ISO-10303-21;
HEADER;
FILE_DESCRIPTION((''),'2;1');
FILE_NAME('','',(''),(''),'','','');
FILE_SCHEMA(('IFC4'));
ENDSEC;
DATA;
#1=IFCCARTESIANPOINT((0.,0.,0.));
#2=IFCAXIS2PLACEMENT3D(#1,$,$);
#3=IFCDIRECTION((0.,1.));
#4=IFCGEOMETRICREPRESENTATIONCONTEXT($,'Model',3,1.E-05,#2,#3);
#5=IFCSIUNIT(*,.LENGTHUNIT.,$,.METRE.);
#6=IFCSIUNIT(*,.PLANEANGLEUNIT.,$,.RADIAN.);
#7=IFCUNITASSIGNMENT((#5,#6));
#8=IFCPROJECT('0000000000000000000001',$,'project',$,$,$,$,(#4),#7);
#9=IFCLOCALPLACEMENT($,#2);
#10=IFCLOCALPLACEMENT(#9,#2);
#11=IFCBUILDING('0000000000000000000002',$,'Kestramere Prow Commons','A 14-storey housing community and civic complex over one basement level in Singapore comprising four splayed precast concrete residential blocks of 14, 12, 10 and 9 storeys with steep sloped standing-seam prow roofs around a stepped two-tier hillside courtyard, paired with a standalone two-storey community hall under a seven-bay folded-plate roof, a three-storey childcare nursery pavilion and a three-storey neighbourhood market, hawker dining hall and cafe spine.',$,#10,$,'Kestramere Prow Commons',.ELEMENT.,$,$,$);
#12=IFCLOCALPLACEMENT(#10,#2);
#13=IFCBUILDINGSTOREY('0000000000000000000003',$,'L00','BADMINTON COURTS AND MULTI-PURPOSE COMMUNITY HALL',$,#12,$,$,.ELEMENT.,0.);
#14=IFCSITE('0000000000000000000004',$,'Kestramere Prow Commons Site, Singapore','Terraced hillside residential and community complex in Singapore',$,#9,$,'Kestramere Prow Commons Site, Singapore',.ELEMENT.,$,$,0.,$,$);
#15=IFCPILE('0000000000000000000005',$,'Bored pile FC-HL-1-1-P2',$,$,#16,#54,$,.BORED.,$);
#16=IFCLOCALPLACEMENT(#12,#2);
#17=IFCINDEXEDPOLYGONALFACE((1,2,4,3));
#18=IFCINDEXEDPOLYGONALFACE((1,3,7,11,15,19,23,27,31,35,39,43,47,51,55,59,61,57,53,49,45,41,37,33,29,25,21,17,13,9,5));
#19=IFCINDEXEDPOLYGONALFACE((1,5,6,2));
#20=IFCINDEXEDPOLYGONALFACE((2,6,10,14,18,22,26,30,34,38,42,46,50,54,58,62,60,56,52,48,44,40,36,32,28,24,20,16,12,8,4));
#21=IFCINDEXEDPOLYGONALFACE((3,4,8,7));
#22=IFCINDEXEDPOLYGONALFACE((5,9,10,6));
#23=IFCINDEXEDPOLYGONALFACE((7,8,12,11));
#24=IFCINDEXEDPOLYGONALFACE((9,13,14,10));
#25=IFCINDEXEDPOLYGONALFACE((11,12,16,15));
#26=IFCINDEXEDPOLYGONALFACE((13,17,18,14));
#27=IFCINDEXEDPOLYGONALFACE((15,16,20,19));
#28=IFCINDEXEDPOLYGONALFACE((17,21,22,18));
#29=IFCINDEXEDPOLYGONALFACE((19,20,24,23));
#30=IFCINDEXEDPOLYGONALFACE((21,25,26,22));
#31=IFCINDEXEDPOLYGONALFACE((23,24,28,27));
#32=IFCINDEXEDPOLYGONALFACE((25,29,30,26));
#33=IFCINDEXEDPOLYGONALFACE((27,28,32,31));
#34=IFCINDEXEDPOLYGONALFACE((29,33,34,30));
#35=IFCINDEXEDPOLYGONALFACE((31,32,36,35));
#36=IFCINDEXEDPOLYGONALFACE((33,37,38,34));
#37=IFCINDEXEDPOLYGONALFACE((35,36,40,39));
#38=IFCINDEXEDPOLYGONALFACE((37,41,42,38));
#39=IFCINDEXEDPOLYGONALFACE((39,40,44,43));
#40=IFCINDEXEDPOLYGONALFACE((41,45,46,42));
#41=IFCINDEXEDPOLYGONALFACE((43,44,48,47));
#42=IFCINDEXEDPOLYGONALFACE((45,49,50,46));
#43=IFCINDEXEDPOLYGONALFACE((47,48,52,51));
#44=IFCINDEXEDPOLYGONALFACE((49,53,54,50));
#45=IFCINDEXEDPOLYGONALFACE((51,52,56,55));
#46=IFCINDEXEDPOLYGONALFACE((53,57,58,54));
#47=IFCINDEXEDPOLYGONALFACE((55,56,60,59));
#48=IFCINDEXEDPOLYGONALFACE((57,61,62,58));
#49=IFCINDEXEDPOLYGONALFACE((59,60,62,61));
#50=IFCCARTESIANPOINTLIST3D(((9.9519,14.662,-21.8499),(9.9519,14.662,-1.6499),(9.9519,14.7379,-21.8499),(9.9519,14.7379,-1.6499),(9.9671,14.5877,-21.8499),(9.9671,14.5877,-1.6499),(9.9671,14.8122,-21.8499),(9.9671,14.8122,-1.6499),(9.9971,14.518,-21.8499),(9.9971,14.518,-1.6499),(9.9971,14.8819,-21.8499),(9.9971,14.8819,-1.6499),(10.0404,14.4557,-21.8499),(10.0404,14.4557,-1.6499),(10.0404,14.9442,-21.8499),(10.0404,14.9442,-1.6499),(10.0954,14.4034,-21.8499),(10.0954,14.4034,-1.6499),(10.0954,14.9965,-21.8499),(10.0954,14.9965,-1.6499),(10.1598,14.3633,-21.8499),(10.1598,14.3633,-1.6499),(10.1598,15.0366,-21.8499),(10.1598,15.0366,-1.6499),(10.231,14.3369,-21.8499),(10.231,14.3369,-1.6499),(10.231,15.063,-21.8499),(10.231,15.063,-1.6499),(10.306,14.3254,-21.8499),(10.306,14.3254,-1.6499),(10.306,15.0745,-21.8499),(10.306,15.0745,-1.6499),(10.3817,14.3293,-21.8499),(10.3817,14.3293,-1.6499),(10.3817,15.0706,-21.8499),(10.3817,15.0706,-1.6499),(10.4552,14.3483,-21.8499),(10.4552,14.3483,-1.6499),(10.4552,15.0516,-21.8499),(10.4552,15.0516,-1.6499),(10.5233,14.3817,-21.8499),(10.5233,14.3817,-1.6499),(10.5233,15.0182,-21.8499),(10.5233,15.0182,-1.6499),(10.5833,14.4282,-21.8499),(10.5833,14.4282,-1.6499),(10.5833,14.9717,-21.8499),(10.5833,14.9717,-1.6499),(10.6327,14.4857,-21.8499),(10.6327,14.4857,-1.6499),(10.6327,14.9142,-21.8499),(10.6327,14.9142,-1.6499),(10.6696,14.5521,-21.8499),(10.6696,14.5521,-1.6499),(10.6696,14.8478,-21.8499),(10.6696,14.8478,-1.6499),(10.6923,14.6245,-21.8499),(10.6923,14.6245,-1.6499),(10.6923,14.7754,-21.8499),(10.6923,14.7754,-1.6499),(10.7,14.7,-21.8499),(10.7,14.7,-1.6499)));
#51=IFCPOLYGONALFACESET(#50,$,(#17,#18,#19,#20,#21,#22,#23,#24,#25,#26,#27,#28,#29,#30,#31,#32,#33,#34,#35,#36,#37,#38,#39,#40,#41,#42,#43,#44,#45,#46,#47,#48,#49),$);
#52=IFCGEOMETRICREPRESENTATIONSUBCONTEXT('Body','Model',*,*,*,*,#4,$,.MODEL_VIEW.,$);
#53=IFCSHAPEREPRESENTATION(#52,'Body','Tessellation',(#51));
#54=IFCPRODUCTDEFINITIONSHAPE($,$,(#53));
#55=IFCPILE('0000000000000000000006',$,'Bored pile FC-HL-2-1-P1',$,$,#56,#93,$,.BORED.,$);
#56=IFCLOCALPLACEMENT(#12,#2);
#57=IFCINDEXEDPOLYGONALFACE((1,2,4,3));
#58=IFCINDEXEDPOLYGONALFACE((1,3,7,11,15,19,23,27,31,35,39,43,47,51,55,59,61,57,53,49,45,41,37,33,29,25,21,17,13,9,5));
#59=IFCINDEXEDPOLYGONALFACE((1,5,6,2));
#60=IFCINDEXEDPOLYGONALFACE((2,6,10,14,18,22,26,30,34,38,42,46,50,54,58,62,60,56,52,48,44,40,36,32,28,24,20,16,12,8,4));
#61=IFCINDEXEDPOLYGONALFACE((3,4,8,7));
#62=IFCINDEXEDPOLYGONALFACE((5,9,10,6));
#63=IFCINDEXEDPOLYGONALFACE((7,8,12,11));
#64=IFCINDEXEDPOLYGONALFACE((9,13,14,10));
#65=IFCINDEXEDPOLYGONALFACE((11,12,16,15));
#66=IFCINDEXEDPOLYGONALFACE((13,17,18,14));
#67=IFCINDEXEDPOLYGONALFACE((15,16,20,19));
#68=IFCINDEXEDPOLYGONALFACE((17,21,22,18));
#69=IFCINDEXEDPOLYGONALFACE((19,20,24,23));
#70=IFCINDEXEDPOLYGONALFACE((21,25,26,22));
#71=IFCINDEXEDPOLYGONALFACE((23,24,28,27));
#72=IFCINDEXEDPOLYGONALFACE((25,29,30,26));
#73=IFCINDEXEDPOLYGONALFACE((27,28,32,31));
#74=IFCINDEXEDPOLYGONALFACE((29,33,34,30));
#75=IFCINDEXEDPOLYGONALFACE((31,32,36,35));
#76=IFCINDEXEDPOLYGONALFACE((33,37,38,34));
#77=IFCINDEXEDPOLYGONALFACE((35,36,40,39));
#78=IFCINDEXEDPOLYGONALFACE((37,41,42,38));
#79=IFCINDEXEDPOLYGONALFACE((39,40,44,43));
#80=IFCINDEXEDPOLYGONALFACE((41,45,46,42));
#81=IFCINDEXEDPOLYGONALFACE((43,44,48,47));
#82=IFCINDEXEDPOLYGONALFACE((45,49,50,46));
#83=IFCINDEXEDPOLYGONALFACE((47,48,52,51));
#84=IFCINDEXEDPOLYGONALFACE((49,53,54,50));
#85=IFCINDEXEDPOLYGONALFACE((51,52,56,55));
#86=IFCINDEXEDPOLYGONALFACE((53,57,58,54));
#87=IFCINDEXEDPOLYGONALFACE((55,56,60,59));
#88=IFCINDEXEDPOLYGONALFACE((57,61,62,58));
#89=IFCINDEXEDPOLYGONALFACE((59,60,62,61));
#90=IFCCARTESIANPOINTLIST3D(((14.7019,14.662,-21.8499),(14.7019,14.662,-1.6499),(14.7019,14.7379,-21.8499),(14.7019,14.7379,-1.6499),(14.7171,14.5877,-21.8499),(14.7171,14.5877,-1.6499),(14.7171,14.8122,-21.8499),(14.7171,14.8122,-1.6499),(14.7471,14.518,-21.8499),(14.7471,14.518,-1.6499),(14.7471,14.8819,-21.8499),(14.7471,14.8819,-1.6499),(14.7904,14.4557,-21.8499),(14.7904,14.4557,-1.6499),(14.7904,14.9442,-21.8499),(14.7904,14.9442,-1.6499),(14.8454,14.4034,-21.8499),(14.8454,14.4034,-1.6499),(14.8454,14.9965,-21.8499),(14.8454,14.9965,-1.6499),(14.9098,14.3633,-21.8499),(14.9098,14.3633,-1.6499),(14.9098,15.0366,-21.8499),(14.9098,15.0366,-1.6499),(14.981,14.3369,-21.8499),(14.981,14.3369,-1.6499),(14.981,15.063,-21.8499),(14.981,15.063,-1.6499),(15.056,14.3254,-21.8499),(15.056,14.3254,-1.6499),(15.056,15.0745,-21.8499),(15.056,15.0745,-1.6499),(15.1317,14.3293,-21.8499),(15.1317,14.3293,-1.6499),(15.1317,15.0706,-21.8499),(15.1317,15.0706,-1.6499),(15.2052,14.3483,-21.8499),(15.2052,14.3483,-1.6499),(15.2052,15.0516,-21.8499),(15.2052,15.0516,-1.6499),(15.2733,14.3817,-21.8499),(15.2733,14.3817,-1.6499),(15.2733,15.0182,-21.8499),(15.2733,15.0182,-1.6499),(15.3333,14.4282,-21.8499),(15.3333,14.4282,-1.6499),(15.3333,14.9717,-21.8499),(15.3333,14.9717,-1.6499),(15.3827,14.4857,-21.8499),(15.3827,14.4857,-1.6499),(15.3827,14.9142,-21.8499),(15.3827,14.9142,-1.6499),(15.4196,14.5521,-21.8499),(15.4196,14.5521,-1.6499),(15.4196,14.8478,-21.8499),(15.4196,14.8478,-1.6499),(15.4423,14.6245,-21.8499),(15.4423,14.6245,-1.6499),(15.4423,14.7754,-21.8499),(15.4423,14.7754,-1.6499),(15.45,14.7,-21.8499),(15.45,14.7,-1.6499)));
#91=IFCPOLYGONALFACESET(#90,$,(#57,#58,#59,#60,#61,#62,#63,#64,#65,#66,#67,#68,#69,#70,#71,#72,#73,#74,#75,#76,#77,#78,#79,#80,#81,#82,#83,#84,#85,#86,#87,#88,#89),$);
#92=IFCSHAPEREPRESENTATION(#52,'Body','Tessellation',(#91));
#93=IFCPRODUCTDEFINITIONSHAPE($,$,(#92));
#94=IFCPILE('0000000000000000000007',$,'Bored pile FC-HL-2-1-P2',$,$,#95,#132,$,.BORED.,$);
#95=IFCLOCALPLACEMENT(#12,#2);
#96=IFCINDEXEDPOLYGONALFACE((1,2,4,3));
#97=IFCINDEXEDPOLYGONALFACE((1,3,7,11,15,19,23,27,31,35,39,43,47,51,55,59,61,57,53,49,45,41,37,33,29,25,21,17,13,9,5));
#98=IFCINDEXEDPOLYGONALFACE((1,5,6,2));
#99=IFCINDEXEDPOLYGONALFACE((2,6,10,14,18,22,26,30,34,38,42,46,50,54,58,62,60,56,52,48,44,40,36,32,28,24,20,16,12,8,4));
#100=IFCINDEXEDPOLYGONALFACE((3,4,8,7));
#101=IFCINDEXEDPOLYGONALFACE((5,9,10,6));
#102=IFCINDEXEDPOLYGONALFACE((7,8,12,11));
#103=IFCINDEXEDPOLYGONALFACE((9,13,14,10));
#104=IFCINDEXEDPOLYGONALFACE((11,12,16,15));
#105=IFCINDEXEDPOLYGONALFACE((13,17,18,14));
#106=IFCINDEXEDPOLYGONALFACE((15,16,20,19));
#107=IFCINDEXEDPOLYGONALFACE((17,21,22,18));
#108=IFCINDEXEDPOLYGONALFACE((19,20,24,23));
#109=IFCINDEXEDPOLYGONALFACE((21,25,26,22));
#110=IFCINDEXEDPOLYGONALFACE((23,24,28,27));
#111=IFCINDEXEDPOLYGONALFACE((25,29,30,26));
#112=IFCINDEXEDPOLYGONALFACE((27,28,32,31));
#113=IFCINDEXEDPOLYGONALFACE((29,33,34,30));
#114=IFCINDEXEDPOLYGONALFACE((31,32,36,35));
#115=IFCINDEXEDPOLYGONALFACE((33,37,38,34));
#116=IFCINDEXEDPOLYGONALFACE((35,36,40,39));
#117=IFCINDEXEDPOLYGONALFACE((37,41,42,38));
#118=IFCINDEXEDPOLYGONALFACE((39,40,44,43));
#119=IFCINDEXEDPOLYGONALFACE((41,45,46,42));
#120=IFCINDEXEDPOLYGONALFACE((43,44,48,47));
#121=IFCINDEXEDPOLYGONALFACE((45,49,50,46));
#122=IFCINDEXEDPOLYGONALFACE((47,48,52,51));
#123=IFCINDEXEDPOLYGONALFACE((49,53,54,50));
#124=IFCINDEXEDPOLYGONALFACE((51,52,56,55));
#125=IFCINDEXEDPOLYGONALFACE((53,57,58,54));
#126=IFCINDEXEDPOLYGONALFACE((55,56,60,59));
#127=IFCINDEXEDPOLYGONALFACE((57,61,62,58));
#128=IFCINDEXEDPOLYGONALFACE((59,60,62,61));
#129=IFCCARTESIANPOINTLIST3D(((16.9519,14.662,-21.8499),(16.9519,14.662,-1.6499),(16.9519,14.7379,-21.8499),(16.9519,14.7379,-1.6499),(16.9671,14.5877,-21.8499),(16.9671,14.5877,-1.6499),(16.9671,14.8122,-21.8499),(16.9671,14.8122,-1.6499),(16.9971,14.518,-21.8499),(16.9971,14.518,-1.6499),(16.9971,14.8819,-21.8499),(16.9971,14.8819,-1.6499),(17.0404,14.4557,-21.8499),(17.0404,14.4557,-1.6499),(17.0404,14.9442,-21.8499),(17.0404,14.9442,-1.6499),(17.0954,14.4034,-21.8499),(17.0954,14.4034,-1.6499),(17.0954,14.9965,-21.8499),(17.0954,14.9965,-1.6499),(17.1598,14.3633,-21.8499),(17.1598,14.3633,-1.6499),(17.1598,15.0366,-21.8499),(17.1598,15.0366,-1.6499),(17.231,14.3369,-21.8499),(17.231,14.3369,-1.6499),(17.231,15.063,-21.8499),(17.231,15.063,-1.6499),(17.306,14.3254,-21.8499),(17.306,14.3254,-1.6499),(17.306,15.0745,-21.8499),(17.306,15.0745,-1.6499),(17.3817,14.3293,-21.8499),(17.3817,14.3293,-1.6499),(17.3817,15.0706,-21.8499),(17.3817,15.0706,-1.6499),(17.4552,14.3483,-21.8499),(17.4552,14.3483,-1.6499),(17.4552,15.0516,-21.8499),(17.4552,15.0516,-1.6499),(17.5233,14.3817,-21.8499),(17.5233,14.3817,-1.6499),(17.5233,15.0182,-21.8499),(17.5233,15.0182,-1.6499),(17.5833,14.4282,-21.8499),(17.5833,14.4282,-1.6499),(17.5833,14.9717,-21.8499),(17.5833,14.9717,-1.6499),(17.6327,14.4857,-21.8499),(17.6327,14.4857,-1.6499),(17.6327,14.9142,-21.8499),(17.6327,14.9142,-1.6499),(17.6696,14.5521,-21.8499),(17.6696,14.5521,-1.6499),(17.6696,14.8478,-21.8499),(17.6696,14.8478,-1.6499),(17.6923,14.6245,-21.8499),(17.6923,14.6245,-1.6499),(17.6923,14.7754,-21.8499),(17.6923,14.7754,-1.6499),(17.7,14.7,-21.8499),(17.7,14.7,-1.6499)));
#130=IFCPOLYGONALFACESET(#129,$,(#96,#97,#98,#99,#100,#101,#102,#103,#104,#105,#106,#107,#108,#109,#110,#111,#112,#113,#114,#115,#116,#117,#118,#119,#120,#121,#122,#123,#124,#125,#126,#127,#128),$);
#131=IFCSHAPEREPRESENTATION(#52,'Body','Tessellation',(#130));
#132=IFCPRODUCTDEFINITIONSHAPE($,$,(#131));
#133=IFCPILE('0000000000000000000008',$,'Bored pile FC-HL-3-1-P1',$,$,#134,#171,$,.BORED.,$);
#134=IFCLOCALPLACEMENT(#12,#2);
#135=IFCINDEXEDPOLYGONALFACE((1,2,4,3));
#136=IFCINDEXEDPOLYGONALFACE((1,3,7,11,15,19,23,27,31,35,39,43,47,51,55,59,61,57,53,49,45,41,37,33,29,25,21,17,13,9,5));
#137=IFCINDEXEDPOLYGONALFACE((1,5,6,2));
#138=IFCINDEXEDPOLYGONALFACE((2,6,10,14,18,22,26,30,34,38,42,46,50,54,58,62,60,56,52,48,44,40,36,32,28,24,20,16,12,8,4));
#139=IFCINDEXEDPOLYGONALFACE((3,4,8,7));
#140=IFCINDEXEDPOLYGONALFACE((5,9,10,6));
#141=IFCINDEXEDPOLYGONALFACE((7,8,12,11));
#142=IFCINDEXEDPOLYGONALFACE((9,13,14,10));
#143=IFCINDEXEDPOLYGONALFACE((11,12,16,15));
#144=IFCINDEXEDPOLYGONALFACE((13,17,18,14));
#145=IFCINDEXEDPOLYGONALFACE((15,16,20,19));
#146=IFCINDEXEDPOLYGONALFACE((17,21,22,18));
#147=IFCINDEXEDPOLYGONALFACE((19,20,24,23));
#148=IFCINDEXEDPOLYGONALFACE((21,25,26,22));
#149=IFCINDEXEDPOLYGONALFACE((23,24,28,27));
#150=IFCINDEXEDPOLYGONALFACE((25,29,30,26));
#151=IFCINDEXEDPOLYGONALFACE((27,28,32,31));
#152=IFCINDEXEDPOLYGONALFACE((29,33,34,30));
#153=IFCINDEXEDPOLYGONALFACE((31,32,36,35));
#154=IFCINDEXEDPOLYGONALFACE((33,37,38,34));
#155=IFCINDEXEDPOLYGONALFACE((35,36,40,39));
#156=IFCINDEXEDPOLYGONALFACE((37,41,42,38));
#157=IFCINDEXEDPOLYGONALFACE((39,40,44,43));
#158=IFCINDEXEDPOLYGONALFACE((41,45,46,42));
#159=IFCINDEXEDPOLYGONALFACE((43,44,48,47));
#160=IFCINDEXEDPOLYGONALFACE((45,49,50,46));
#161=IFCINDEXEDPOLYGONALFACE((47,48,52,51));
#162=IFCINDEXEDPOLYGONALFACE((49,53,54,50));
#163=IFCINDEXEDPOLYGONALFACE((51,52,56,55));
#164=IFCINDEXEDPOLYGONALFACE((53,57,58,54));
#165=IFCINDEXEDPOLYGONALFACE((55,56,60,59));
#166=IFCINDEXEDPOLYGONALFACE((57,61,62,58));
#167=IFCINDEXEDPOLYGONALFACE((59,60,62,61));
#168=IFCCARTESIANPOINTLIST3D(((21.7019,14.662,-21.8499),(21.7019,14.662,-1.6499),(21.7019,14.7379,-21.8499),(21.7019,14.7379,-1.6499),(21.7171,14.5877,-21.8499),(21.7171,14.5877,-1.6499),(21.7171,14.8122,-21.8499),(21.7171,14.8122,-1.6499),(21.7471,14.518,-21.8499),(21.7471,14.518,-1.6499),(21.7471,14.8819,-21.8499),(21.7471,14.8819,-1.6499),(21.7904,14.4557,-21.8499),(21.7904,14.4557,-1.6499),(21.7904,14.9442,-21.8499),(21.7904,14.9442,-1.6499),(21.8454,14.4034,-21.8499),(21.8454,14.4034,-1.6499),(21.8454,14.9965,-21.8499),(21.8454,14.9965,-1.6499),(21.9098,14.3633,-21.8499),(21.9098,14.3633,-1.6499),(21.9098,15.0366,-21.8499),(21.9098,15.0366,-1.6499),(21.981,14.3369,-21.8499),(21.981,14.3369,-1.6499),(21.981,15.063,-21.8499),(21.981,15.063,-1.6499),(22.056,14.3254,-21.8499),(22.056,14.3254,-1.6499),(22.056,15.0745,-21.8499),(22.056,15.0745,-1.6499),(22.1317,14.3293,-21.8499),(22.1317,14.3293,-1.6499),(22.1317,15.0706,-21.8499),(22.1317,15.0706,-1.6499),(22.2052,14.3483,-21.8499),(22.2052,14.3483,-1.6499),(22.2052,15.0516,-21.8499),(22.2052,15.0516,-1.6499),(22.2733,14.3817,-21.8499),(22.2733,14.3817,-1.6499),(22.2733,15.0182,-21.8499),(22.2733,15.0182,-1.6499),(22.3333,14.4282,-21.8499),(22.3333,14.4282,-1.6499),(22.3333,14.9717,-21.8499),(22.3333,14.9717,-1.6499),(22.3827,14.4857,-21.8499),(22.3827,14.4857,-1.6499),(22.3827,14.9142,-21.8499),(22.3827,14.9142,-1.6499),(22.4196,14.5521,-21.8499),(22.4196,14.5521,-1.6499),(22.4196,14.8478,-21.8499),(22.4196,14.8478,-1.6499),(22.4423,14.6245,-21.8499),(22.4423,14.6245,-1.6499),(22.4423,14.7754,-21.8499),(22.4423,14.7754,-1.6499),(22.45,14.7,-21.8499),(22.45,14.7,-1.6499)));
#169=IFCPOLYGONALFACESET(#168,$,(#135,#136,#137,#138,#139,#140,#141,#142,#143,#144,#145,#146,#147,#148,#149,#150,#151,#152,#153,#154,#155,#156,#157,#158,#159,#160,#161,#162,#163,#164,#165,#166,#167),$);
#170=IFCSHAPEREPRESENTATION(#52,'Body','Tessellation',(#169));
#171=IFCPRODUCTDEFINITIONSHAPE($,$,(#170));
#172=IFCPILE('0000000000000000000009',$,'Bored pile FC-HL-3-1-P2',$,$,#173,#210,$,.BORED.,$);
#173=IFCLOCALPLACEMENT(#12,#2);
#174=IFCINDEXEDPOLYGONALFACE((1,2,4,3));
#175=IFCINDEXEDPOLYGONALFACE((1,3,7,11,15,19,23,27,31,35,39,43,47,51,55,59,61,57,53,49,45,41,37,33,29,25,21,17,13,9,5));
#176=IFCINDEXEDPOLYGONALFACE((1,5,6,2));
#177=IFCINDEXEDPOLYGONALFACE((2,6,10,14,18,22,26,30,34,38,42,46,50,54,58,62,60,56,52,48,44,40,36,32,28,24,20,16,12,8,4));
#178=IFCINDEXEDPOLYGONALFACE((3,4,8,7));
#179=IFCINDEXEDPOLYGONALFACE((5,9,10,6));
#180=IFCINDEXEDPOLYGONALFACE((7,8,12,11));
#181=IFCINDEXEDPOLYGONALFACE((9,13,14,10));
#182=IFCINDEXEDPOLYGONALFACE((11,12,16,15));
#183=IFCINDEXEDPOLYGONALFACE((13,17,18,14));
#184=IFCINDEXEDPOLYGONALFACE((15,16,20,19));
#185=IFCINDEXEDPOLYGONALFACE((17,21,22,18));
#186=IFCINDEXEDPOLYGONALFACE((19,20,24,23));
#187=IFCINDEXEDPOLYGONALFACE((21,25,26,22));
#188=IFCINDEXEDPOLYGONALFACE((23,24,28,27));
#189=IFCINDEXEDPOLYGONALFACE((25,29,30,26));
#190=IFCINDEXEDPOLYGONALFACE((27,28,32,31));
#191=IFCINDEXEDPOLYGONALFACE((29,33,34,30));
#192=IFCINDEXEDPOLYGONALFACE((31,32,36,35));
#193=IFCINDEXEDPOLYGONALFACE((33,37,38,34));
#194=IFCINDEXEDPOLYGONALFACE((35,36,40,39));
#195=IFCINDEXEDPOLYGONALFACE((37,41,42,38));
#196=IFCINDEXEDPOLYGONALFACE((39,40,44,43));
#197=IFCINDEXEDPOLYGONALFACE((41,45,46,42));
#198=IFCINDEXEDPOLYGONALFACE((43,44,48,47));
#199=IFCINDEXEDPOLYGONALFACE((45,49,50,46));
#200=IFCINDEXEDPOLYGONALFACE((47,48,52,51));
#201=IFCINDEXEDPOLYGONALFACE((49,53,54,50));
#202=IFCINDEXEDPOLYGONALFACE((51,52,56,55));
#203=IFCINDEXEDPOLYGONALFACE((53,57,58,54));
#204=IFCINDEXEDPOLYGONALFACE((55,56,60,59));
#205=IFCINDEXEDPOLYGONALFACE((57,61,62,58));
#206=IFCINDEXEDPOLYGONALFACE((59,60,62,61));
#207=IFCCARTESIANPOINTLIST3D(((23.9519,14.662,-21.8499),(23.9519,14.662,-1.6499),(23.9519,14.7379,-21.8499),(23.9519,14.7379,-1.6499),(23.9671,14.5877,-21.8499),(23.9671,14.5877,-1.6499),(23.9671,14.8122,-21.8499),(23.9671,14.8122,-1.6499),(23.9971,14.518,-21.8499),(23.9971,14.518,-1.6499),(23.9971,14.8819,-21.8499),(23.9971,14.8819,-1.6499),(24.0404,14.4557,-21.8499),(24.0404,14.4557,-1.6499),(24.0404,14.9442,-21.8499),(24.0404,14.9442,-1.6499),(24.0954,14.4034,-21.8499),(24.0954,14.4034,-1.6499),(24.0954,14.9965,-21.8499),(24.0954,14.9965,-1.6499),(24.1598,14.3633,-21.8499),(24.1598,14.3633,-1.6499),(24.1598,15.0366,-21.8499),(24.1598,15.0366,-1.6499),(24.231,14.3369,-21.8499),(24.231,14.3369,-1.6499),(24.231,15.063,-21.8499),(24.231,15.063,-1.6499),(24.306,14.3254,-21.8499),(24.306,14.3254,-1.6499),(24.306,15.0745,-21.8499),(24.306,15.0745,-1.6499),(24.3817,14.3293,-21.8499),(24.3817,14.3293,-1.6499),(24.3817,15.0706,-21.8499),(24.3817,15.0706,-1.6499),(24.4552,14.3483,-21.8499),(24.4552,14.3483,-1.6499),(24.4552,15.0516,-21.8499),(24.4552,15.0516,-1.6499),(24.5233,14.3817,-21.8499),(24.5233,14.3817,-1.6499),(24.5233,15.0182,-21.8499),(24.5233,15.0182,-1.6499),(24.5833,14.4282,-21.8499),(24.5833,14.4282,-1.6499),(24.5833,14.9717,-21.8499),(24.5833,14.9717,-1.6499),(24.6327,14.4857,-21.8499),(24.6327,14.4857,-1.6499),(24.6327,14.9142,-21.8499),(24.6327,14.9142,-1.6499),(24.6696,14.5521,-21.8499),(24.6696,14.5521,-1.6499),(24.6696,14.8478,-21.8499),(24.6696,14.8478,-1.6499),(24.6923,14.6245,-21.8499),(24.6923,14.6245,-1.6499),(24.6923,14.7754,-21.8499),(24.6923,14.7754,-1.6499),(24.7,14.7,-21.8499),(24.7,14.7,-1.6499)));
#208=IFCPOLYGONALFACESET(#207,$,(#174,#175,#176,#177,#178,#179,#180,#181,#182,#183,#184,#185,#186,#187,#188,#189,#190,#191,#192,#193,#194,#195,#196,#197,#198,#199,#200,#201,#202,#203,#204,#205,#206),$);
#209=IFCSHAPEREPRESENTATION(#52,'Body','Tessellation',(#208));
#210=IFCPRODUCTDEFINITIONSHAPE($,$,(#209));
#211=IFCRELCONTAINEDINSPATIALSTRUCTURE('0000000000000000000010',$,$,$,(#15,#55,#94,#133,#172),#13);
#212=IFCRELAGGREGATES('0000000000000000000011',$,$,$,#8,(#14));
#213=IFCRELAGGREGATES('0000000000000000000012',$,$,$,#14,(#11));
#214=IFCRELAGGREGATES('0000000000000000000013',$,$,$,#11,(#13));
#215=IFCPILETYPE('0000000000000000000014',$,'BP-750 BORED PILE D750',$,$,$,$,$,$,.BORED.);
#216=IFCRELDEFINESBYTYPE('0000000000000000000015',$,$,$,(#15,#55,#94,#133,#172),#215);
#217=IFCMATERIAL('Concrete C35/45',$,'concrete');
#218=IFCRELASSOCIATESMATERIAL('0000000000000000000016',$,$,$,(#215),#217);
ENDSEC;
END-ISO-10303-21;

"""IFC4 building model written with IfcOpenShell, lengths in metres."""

from ifc_helpers import new_model, si_unit, direction, frame, origin, origin_2d, place, context, subcontext, project, spatial, circle, extrude, material, material_profile, profile_set, type_object, element, save


model = new_model("IFC4")

# Units and contexts
model_context = context("Model", 3, precision=1e-05, world=origin(), true_north=direction((0.0, 1.0)))
body_context = subcontext(model_context, "Body", "Model", "MODEL_VIEW")
ifc_project = project(units=[si_unit("LENGTHUNIT", "METRE"), si_unit("PLANEANGLEUNIT", "RADIAN")], contexts=[model_context])

# Site, building, storey
site_placement = place(None, origin())
site = spatial("IfcSite", under=ifc_project, at=site_placement, Name="Kestramere Prow Commons Site, Singapore", Description="Terraced hillside residential and community complex in Singapore", LongName="Kestramere Prow Commons Site, Singapore", CompositionType="ELEMENT", RefElevation=0.0)
building_placement = place(site_placement, origin())
building = spatial("IfcBuilding", under=site, at=building_placement, Name="Kestramere Prow Commons", Description="A 14-storey housing community and civic complex over one basement level in Singapore comprising four splayed precast concrete residential blocks of 14, 12, 10 and 9 storeys with steep sloped standing-seam prow roofs around a stepped two-tier hillside courtyard, paired with a standalone two-storey community hall under a seven-bay folded-plate roof, a three-storey childcare nursery pavilion and a three-storey neighbourhood market, hawker dining hall and cafe spine.", LongName="Kestramere Prow Commons", CompositionType="ELEMENT")
storey_placement = place(building_placement, origin())
storey = spatial("IfcBuildingStorey", under=building, at=storey_placement, Name="L00", Description="BADMINTON COURTS AND MULTI-PURPOSE COMMUNITY HALL", CompositionType="ELEMENT", Elevation=0.0)

# Piles
ifc_material_1 = material(Name="Concrete C35/45", Category="concrete")
ifc_material_profile_1 = material_profile(ifc_material_1, circle(Radius=0.375, at=origin_2d()), Name="BORED PILE D750")
ifc_profile_set_1 = profile_set([ifc_material_profile_1], Name="Concrete C35/45")
pile_type_1 = type_object("IfcPileType", Name="BP-750 BORED PILE D750", PredefinedType="BORED", material=ifc_profile_set_1)
for number, where, z_axis, x_axis, name in (
    (1, (10.325, 14.7, -1.6499), (0.0, 0.0, -1.0), (1.0, 0.0, 0.0), "Bored pile FC-HL-1-1-P2"),
    (2, (15.075, 14.7, -1.6499), (0.0, 0.0, -1.0), (1.0, 0.0, 0.0), "Bored pile FC-HL-2-1-P1"),
    (3, (17.325, 14.7, -1.6499), (0.0, 0.0, -1.0), (1.0, 0.0, 0.0), "Bored pile FC-HL-2-1-P2"),
    (4, (22.075, 14.7, -1.6499), (0.0, 0.0, -1.0), (1.0, 0.0, 0.0), "Bored pile FC-HL-3-1-P1"),
    (5, (24.325, 14.7, -1.6499), (0.0, 0.0, -1.0), (1.0, 0.0, 0.0), "Bored pile FC-HL-3-1-P2"),
):
    element("IfcPile", number, at=place(storey_placement, frame(where, z_axis=z_axis, x_axis=x_axis)), inside=storey, type_object=pile_type_1, Name=name, PredefinedType="BORED", context=body_context, shape_type="SweptSolid", body=[
        extrude(circle(Radius=0.375, at=origin_2d()), origin(), (0.0, 0.0, 1.0), 20.2),
    ])

save(model, "model.ifc")
